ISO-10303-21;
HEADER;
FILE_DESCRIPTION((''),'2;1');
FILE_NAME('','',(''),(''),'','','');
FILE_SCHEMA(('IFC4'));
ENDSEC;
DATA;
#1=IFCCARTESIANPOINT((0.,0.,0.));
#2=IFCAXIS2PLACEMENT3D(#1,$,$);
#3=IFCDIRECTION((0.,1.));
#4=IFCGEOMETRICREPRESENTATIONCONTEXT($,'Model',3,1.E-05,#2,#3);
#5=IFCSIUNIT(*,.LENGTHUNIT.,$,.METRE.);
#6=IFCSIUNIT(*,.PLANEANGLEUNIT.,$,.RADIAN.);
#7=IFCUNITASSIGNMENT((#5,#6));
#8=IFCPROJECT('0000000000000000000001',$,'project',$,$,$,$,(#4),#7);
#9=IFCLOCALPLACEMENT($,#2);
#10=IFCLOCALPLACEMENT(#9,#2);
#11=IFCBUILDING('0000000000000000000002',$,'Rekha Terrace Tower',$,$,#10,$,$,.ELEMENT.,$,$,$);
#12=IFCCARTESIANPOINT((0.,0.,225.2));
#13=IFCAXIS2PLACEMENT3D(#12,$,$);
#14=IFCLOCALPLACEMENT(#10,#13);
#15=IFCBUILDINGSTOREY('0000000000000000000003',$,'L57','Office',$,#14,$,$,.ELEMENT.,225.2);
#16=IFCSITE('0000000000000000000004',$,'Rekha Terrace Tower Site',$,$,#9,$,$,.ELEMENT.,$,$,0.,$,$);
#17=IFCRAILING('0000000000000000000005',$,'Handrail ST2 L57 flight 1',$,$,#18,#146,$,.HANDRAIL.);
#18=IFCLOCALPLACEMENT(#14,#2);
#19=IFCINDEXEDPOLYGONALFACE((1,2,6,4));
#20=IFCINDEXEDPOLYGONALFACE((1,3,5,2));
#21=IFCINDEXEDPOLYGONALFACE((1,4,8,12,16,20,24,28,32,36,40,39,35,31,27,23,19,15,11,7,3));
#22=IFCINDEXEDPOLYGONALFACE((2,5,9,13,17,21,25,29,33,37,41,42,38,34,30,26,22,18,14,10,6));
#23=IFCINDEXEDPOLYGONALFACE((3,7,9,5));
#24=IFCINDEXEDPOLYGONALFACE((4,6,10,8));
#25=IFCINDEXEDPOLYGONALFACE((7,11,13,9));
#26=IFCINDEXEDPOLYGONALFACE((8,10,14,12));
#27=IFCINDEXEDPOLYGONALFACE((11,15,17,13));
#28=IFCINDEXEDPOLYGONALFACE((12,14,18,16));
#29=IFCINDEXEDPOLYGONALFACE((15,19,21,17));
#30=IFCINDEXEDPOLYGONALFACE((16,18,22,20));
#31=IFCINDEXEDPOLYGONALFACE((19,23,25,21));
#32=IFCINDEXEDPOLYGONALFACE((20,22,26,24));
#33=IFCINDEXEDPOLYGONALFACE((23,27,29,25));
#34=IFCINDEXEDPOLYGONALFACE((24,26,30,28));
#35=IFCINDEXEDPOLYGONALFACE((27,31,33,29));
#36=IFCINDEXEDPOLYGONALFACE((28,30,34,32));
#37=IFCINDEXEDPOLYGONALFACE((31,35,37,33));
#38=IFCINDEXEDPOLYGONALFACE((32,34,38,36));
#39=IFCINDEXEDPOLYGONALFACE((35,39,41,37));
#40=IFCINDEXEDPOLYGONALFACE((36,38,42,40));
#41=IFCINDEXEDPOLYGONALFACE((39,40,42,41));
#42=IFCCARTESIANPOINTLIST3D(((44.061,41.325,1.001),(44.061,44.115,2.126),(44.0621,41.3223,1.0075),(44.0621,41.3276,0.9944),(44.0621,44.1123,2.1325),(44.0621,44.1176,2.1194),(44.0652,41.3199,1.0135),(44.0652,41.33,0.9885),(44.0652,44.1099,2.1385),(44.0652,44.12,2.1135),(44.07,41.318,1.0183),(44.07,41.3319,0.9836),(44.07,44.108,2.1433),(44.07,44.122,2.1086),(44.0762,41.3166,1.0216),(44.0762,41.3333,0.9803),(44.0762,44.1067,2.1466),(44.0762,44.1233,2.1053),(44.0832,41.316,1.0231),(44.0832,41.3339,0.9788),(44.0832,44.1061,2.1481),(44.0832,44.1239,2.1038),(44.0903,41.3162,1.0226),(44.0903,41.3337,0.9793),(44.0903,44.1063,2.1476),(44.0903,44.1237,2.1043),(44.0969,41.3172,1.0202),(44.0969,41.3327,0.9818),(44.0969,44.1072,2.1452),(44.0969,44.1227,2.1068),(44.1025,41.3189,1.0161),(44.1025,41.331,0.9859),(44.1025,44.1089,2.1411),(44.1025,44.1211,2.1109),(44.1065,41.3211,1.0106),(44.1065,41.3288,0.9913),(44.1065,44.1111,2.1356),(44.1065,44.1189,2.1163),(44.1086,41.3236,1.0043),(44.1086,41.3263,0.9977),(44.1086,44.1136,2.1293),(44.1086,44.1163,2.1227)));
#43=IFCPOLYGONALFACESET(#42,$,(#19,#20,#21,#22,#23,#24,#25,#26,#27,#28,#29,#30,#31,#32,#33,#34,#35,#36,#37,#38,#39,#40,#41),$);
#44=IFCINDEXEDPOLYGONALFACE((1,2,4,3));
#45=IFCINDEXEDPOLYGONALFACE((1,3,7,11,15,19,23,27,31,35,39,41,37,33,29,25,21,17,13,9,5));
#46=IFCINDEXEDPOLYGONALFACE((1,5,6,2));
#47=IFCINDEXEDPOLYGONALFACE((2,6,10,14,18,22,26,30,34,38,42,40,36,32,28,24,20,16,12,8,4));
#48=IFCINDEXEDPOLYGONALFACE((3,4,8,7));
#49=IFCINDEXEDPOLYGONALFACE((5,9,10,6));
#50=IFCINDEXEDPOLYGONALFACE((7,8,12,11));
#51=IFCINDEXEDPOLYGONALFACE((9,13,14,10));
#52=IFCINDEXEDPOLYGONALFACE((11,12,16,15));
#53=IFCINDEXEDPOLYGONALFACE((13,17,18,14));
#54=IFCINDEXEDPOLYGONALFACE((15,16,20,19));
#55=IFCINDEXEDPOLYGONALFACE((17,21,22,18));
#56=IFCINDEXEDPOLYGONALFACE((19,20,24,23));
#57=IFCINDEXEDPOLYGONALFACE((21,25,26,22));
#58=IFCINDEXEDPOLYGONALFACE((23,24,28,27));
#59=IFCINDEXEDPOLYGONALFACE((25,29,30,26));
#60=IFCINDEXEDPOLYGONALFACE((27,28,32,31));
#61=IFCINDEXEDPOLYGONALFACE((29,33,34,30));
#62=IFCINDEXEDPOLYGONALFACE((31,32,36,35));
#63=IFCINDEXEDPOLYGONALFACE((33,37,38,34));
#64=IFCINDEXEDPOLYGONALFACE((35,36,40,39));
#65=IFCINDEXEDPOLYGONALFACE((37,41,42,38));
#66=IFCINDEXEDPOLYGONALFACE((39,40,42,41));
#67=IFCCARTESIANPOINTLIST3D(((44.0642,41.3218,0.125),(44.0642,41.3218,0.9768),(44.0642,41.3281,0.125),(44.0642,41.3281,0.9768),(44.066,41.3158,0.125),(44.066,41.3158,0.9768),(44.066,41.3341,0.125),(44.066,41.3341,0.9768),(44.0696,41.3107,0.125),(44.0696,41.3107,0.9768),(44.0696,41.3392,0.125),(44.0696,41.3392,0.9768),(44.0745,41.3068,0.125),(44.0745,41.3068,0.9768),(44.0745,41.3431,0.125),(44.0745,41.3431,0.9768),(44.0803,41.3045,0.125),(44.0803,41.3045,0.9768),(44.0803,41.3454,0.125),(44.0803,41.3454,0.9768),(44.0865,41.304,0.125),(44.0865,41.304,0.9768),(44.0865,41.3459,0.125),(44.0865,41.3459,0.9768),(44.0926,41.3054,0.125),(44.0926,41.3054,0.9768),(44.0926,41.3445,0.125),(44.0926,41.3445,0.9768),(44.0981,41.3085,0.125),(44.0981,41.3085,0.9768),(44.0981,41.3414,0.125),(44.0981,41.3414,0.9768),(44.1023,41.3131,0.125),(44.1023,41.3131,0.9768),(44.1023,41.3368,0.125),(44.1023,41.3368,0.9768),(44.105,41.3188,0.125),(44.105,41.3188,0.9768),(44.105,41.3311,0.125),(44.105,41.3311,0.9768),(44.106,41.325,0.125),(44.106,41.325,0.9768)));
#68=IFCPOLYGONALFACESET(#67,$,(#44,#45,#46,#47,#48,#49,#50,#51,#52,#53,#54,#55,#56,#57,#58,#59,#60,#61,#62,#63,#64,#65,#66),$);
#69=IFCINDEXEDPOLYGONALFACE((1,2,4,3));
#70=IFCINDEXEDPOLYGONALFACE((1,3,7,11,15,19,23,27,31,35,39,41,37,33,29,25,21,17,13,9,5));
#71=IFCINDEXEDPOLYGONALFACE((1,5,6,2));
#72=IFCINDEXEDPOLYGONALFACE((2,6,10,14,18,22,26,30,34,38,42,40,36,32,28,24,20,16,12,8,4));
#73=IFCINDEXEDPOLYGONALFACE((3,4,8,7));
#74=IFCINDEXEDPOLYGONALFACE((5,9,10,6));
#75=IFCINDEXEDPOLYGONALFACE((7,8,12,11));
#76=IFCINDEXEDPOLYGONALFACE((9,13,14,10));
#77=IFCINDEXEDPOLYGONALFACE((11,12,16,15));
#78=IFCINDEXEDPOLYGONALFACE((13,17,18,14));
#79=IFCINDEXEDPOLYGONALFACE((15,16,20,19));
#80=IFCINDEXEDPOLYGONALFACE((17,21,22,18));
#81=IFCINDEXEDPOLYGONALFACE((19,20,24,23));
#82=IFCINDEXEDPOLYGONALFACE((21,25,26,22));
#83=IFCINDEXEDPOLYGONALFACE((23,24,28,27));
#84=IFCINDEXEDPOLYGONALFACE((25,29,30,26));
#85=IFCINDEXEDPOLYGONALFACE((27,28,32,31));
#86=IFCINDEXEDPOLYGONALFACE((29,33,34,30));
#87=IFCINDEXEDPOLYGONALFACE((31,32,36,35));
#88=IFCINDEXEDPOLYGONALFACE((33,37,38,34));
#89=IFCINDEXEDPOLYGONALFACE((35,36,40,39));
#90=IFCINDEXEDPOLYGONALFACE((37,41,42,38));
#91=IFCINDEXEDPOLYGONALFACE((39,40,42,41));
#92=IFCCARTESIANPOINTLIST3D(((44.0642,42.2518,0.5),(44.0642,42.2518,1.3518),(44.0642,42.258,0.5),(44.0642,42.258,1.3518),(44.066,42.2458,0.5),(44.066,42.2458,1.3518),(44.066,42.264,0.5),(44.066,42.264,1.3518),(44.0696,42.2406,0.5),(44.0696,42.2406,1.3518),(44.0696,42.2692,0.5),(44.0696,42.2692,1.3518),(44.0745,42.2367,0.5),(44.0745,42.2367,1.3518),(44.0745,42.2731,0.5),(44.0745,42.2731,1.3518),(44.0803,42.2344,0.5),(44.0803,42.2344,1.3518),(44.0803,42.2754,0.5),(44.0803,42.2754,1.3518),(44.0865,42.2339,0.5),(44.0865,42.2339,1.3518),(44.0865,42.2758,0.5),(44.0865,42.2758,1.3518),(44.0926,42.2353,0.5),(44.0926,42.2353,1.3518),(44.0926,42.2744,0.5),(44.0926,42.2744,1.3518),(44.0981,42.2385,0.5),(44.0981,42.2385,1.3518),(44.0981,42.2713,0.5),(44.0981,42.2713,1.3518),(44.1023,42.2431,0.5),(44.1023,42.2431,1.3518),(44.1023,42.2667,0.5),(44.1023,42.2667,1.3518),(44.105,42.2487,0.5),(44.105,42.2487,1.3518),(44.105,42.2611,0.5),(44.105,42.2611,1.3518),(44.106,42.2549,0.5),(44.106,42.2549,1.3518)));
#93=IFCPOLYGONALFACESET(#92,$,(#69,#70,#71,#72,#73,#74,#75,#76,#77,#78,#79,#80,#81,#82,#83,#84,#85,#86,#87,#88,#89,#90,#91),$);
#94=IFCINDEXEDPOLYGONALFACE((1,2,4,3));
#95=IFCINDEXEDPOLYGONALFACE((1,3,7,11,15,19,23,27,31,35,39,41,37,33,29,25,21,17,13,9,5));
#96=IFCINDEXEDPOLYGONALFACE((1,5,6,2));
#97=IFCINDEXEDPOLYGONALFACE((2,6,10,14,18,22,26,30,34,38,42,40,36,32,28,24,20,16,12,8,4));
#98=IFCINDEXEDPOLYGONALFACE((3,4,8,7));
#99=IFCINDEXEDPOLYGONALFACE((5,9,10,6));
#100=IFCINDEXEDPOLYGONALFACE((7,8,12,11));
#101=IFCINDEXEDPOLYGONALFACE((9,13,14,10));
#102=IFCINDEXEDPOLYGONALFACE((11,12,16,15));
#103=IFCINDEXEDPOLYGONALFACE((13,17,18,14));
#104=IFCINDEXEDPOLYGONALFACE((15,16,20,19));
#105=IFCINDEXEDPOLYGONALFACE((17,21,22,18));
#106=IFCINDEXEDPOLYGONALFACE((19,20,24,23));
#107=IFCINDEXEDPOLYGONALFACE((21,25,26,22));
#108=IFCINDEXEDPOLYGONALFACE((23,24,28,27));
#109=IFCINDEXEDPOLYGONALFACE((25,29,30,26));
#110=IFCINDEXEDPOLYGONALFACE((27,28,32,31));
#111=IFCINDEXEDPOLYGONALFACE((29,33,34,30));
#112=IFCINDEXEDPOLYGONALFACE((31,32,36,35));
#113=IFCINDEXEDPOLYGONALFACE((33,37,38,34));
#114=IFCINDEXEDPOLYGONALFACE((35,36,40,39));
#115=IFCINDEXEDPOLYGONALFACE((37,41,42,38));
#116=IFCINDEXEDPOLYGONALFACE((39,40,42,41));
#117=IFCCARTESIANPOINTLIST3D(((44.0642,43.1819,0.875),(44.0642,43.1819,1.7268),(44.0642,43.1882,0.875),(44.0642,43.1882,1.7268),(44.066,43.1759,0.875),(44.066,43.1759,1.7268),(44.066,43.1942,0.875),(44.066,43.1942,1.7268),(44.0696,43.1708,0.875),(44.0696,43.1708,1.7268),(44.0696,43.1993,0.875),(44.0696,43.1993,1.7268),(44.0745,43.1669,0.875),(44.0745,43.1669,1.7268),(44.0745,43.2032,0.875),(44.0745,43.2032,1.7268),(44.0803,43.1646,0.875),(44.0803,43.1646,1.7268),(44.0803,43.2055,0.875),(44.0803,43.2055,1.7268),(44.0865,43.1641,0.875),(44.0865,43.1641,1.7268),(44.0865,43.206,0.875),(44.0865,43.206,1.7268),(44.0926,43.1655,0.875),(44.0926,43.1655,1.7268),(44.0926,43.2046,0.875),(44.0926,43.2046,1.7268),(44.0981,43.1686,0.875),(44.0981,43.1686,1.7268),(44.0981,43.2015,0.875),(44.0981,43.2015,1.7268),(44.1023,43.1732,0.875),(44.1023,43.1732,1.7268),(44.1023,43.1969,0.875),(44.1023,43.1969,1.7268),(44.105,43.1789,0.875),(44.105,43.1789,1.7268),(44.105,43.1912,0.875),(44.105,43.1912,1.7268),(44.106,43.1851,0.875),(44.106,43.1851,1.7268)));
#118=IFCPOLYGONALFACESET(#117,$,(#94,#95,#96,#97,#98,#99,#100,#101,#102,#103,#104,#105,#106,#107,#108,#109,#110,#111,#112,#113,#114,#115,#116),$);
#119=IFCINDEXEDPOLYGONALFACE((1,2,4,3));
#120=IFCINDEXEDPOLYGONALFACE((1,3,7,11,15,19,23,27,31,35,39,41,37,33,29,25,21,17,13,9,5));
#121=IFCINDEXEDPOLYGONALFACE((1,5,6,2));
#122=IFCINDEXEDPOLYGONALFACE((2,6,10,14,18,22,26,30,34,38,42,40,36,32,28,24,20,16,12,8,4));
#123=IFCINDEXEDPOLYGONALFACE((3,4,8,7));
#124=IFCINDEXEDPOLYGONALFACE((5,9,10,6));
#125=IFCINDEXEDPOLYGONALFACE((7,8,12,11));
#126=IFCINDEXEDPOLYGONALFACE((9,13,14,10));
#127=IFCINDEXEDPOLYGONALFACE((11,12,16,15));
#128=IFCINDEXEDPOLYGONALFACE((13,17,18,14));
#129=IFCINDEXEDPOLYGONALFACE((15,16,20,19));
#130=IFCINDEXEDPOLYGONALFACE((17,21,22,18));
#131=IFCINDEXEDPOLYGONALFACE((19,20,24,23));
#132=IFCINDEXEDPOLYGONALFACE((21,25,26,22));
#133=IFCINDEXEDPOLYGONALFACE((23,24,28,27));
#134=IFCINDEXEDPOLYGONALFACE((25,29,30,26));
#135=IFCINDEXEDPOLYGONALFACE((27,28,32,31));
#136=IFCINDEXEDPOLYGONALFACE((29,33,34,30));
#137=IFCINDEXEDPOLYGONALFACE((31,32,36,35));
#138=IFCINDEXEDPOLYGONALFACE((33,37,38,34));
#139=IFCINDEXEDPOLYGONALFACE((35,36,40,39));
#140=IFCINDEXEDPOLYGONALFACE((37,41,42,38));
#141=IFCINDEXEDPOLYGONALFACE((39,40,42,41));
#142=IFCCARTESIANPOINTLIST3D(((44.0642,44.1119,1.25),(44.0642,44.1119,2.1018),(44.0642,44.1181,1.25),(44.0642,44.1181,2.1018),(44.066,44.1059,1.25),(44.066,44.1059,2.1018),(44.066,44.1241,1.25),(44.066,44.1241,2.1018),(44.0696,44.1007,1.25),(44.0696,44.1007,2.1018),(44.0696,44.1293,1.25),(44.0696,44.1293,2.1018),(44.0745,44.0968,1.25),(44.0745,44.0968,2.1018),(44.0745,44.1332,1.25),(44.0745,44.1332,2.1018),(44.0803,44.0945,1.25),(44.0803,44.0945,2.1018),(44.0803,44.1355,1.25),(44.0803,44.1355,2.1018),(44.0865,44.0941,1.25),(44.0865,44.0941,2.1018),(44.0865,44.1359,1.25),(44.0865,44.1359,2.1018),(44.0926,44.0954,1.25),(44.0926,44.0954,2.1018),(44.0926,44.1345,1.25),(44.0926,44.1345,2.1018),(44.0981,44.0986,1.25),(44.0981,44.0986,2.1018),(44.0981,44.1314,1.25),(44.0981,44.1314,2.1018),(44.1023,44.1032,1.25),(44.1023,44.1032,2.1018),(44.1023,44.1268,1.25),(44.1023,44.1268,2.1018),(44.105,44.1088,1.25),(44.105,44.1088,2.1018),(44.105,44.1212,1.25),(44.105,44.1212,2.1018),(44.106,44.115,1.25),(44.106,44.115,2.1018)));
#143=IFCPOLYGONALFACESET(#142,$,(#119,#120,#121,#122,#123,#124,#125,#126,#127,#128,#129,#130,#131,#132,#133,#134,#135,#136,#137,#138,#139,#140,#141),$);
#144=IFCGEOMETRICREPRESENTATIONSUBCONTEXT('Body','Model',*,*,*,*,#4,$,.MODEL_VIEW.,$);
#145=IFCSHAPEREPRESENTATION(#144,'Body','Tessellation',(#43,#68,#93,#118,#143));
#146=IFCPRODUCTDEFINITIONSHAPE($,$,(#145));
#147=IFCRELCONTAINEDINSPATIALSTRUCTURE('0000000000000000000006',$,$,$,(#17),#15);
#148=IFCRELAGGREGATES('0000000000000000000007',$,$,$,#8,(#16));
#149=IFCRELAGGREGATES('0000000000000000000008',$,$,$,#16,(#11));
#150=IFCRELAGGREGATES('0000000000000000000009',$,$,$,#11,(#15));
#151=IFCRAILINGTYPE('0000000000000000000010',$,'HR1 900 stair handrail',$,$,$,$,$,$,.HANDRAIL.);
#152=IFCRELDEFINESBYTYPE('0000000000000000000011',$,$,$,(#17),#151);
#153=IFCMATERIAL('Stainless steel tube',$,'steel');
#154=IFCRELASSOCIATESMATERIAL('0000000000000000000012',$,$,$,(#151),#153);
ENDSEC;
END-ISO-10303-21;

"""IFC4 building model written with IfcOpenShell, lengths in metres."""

from ifc_helpers import new_model, si_unit, direction, frame, origin, origin_2d, place, context, subcontext, project, spatial, circle, extrude, material, type_object, element, save


model = new_model("IFC4")

# Units and contexts
model_context = context("Model", 3, precision=1e-05, world=origin(), true_north=direction((0.0, 1.0)))
body_context = subcontext(model_context, "Body", "Model", "MODEL_VIEW")
ifc_project = project(units=[si_unit("LENGTHUNIT", "METRE"), si_unit("PLANEANGLEUNIT", "RADIAN")], contexts=[model_context])

# Site, building, storey
site_placement = place(None, origin())
site = spatial("IfcSite", under=ifc_project, at=site_placement, Name="Rekha Terrace Tower Site", CompositionType="ELEMENT", RefElevation=0.0)
building_placement = place(site_placement, origin())
building = spatial("IfcBuilding", under=site, at=building_placement, Name="Rekha Terrace Tower", CompositionType="ELEMENT")
storey_placement = place(building_placement, frame((0.0, 0.0, 225.2)))
storey = spatial("IfcBuildingStorey", under=building, at=storey_placement, Name="L57", Description="Office", CompositionType="ELEMENT", Elevation=225.2)

# Railing
ifc_material_1 = material(Name="Stainless steel tube", Category="steel")
railing_type_1 = type_object("IfcRailingType", Name="HR1 900 stair handrail", PredefinedType="HANDRAIL", material=ifc_material_1)
railing_1_placement = place(storey_placement, frame((44.085, 41.325, 0.125)))
element("IfcRailing", 1, at=railing_1_placement, inside=storey, type_object=railing_type_1, Name="Handrail ST2 L57 flight 1", PredefinedType="HANDRAIL", context=body_context, shape_type="SweptSolid", body=[
    extrude(circle(Radius=0.0239, at=origin_2d()), frame((0.0, 0.0, 0.876), z_axis=(0.0, 0.927443, 0.373964), x_axis=(-1.0, 0.0, 0.0)), (0.0, 0.0, 1.0), 3.0083),
    extrude(circle(Radius=0.021, at=origin_2d()), origin(), (0.0, 0.0, 1.0), 0.8518),
    extrude(circle(Radius=0.021, at=origin_2d()), frame((0.0, 0.9299, 0.375)), (0.0, 0.0, 1.0), 0.8518),
    extrude(circle(Radius=0.021, at=origin_2d()), frame((0.0, 1.8601, 0.75)), (0.0, 0.0, 1.0), 0.8518),
    extrude(circle(Radius=0.021, at=origin_2d()), frame((0.0, 2.79, 1.125)), (0.0, 0.0, 1.0), 0.8518),
])

save(model, "model.ifc")
